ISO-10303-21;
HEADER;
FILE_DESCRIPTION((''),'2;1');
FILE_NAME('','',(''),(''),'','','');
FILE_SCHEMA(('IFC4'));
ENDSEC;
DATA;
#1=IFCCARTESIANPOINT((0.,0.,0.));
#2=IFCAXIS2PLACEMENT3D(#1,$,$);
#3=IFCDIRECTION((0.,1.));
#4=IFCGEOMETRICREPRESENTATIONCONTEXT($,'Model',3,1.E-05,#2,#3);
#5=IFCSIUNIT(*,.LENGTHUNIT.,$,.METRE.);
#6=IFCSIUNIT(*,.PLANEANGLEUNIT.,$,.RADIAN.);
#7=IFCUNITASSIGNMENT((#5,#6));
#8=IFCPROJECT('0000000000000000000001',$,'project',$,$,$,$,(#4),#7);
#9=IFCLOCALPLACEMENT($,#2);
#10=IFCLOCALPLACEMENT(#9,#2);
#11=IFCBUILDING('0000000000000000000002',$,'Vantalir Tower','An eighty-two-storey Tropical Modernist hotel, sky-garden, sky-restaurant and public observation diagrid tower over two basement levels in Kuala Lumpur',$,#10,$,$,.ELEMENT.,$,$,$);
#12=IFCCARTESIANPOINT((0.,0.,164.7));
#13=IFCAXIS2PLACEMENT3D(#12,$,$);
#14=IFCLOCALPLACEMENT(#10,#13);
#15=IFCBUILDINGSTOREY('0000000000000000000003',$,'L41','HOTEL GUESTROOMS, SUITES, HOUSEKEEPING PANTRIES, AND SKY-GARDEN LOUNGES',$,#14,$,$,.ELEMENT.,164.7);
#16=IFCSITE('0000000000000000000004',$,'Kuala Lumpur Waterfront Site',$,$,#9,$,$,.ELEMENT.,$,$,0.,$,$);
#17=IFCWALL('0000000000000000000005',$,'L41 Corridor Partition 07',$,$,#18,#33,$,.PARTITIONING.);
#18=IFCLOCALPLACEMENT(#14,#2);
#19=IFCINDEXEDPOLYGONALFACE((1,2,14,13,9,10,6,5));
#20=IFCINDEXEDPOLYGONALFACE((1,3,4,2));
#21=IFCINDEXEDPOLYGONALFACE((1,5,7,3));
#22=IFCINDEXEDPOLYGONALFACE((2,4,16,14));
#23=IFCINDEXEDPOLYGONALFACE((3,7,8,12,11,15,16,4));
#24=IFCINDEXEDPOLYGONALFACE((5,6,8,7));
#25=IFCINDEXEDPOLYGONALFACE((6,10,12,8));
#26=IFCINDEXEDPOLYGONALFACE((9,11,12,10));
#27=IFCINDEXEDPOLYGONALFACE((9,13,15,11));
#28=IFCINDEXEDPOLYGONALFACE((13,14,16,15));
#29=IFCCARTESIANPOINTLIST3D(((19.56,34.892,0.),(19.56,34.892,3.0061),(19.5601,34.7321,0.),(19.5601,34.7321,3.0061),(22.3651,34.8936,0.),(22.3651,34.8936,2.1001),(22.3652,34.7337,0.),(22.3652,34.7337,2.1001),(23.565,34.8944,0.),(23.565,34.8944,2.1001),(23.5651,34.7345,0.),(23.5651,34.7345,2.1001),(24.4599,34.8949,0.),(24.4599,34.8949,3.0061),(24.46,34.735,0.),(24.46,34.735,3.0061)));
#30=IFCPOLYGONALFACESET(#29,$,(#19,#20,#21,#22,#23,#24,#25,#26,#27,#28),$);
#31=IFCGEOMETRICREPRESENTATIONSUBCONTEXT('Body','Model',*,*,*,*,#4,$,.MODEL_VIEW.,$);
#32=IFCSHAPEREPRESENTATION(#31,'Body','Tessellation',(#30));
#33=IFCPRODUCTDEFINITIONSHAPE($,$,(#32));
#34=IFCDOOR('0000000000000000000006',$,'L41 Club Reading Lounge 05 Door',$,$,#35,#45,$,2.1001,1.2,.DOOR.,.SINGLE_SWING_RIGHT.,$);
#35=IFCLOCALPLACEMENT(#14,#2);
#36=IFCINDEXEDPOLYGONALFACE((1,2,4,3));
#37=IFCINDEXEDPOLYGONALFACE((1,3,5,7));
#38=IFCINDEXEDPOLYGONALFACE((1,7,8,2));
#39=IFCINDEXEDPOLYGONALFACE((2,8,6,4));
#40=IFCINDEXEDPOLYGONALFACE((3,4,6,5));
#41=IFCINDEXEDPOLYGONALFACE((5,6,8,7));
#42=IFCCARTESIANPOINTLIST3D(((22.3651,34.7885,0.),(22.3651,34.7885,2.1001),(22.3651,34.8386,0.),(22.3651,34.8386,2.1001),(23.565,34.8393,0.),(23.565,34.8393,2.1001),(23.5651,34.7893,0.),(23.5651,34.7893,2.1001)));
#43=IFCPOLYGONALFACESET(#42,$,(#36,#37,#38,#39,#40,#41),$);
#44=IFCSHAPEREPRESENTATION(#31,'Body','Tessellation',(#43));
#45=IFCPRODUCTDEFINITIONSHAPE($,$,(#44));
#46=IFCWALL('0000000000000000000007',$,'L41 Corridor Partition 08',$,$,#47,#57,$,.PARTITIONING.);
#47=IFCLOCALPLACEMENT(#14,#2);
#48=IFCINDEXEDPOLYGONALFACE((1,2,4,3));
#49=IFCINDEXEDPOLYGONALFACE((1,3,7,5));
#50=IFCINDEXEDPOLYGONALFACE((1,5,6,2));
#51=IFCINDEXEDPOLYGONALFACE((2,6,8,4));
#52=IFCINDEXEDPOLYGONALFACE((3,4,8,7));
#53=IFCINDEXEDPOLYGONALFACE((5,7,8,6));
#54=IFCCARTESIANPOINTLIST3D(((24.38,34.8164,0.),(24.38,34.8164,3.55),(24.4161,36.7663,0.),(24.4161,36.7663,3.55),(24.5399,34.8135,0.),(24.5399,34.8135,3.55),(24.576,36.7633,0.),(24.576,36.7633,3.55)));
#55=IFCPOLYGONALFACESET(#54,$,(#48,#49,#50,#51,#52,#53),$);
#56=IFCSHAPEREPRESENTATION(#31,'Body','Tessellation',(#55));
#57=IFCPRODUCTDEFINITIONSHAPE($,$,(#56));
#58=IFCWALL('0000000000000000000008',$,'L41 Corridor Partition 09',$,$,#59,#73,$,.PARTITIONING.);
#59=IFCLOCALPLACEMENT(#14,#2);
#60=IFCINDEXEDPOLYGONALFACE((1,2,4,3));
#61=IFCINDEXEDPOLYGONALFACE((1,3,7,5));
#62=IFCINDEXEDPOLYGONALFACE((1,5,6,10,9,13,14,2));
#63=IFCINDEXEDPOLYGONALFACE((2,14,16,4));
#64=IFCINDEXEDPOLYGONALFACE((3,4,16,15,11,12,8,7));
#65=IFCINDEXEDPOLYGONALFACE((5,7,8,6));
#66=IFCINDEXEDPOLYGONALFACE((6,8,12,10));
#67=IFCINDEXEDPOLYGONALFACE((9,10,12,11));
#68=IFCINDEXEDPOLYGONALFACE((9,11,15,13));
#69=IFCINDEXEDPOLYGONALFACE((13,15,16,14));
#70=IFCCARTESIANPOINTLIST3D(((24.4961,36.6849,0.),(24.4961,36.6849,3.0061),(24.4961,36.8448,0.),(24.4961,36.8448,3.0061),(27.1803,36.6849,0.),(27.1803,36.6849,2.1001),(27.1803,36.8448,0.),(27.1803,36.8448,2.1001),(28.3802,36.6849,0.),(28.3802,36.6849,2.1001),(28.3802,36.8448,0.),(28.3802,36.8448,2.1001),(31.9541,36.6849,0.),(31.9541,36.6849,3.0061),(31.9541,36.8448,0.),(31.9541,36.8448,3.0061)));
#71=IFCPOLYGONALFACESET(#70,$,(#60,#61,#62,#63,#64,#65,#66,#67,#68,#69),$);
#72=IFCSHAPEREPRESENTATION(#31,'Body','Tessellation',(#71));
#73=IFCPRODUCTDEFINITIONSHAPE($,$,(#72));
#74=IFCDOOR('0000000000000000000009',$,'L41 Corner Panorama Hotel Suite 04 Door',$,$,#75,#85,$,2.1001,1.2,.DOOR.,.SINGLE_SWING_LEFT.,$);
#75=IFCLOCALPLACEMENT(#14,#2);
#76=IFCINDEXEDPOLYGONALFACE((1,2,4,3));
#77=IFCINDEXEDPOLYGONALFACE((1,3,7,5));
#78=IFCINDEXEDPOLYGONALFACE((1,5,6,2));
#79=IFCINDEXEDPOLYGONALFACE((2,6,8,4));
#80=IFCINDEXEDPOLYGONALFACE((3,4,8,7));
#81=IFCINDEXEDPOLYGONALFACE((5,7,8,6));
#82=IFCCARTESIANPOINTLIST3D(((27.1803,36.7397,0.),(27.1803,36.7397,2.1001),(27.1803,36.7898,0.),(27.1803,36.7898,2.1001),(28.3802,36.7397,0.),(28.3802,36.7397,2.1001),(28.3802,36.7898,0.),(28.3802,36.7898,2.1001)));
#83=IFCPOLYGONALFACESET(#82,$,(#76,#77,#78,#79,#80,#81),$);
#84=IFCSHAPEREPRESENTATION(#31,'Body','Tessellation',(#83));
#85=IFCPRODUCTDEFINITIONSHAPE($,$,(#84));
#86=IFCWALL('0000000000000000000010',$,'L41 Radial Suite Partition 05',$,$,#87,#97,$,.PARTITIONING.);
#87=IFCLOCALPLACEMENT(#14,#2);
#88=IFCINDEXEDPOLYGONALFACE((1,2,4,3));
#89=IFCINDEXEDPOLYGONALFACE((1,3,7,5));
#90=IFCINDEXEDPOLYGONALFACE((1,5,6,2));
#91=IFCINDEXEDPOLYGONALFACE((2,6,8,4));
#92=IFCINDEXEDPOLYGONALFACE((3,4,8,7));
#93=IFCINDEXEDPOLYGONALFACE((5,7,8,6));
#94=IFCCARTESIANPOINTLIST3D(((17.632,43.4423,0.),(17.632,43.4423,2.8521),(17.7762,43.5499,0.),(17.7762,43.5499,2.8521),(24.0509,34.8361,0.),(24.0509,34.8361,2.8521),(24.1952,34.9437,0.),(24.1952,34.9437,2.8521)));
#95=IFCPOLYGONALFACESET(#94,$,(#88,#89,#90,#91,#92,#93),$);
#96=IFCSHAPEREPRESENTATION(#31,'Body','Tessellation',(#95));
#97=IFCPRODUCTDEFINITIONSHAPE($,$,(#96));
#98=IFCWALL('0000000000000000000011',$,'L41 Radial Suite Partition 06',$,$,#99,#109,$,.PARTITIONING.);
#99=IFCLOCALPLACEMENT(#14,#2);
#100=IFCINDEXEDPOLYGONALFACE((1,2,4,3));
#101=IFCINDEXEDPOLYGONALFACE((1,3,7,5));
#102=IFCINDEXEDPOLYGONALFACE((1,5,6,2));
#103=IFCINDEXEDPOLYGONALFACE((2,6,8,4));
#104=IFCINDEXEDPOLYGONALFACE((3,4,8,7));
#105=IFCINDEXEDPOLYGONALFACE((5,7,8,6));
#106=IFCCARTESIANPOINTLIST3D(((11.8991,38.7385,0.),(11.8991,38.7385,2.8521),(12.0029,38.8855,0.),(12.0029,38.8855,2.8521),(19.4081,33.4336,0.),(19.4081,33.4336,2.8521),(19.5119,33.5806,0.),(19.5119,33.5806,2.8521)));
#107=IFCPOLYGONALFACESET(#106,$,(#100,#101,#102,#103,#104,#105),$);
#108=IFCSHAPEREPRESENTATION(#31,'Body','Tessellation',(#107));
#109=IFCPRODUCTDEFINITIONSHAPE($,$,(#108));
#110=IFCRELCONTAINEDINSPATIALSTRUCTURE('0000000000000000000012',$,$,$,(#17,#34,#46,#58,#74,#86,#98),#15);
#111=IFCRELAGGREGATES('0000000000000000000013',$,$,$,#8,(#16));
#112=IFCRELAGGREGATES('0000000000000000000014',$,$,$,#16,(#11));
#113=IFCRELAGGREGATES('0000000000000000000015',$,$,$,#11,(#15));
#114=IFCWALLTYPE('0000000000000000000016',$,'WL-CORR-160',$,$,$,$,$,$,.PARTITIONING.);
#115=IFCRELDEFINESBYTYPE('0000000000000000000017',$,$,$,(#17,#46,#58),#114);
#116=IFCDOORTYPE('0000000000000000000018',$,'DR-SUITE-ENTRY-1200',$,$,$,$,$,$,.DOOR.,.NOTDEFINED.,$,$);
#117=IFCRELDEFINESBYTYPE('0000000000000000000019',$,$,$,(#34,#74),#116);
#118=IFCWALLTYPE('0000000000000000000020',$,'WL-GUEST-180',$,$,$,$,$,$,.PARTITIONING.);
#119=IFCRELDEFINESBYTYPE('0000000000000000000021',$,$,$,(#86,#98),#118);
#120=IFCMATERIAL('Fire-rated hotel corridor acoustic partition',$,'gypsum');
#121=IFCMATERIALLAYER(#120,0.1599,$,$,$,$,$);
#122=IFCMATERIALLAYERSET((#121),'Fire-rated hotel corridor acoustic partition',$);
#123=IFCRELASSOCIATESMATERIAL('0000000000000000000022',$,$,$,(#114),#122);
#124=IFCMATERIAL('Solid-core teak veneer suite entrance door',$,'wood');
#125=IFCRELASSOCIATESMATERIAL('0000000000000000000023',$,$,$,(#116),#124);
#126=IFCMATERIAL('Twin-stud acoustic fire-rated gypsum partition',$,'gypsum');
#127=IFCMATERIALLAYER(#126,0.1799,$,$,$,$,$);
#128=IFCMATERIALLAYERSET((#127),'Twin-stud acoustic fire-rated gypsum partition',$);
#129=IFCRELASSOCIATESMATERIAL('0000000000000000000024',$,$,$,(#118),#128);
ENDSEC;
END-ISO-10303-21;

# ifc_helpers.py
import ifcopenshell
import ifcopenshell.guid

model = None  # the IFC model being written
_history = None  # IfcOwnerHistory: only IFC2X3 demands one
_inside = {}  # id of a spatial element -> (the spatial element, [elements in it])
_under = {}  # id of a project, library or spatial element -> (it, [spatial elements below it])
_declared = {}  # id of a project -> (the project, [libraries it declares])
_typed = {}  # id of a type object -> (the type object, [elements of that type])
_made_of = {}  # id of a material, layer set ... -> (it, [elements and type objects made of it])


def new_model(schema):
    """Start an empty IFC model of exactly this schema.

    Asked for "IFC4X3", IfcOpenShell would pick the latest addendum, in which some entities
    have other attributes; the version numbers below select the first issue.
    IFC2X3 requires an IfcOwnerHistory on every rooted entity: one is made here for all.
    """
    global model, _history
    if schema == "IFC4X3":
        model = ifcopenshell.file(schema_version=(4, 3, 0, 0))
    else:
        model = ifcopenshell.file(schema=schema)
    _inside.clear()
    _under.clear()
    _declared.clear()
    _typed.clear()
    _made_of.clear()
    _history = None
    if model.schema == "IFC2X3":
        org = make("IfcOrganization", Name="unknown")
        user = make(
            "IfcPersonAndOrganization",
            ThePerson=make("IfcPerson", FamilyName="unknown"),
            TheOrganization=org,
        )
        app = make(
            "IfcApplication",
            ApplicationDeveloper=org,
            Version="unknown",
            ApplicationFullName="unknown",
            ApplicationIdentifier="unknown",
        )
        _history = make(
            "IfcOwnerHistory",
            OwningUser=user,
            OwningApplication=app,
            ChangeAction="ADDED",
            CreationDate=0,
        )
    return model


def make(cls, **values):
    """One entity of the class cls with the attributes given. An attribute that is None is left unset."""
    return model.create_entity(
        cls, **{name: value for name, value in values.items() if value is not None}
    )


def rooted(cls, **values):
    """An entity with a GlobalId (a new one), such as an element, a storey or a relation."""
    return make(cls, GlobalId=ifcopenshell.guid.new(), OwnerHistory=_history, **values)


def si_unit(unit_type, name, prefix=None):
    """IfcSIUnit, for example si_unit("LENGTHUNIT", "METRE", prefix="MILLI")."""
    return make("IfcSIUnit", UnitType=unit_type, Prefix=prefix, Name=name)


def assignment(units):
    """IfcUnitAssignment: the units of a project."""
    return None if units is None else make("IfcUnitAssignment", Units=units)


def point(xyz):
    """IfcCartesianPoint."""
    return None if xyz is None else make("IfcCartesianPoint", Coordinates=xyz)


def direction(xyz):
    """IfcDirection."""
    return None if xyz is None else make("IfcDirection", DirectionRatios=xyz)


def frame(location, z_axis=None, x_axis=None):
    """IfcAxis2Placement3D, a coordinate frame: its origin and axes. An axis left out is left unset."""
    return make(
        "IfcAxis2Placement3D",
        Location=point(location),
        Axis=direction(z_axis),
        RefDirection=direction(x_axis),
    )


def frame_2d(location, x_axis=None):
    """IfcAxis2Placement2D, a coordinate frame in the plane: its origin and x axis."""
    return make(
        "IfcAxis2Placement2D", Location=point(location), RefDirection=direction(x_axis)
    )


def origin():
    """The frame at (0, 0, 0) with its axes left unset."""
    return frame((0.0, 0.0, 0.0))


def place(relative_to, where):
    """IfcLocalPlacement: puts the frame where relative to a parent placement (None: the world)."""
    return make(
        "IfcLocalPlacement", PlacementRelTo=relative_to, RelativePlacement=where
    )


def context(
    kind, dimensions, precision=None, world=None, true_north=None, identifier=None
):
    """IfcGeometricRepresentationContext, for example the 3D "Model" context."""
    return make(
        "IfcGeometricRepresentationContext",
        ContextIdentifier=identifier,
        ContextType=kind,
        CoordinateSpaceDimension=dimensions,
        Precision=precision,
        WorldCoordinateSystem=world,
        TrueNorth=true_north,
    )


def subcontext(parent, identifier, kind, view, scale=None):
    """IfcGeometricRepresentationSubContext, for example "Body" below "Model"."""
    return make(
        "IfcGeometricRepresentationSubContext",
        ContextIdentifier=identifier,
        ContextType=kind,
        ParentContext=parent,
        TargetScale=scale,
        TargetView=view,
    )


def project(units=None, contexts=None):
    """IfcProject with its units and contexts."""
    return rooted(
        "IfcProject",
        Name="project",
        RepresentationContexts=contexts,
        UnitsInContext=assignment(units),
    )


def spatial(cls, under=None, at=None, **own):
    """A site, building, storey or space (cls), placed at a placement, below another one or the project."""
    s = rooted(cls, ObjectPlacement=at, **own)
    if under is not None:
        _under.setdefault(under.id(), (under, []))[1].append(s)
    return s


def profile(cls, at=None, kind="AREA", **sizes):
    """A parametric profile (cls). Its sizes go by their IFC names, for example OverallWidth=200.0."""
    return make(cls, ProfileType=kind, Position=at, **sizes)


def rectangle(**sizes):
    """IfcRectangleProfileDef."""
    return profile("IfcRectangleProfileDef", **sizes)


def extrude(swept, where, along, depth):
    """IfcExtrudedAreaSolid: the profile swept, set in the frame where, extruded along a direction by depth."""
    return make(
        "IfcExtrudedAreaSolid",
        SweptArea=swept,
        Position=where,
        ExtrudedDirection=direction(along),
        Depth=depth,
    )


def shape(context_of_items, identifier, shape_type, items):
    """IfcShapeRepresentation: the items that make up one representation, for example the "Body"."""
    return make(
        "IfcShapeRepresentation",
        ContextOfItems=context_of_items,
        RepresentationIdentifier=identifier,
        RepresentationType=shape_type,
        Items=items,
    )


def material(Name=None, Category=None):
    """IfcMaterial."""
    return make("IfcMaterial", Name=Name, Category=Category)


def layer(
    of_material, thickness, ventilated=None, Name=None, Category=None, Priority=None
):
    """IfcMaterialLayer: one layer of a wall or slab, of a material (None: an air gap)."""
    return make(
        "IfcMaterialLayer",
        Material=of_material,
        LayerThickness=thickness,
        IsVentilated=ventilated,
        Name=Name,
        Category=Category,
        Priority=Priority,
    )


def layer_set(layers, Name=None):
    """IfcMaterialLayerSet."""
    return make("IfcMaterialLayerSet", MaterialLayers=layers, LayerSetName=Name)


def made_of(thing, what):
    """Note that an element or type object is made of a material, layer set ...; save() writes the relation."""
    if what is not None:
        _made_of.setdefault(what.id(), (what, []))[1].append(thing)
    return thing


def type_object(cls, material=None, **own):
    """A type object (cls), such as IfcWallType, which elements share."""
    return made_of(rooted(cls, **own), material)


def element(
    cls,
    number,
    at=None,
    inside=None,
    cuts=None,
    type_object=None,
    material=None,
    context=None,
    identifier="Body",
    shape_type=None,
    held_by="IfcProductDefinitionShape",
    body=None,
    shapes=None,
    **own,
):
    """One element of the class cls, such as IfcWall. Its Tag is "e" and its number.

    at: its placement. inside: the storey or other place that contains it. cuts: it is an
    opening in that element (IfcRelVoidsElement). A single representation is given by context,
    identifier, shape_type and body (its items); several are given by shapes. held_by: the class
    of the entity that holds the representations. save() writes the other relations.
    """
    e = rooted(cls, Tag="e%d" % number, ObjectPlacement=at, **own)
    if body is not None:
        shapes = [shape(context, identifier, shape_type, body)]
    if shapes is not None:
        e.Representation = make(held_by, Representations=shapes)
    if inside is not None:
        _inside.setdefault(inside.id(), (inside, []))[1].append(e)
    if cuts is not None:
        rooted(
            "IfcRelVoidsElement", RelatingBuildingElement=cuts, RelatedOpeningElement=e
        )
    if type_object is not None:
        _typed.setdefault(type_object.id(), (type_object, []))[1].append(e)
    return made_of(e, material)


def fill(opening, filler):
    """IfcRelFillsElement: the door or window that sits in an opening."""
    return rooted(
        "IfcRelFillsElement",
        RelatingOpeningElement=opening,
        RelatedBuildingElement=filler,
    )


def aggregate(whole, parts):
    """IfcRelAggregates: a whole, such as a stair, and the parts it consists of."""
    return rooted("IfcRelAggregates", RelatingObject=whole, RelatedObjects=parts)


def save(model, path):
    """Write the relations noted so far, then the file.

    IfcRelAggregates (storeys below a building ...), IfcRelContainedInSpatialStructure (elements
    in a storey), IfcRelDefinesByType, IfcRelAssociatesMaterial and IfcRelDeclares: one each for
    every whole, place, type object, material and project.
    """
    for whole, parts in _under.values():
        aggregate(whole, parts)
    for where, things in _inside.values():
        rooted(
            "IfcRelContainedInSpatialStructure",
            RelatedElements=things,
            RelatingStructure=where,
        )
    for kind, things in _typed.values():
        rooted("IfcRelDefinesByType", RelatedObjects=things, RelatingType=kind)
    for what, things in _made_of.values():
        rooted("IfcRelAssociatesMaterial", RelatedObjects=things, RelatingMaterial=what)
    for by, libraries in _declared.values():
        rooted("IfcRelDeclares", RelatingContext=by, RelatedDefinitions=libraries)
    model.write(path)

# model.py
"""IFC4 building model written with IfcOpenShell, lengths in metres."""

from ifc_helpers import new_model, si_unit, direction, frame, frame_2d, origin, place, context, subcontext, project, spatial, rectangle, extrude, material, layer, layer_set, type_object, element, fill, save


model = new_model("IFC4")

# Units and contexts
model_context = context("Model", 3, precision=1e-05, world=origin(), true_north=direction((0.0, 1.0)))
body_context = subcontext(model_context, "Body", "Model", "MODEL_VIEW")
ifc_project = project(units=[si_unit("LENGTHUNIT", "METRE"), si_unit("PLANEANGLEUNIT", "RADIAN")], contexts=[model_context])

# Site, building, storey
site_placement = place(None, origin())
site = spatial("IfcSite", under=ifc_project, at=site_placement, Name="Kuala Lumpur Waterfront Site", CompositionType="ELEMENT", RefElevation=0.0)
building_placement = place(site_placement, origin())
building = spatial("IfcBuilding", under=site, at=building_placement, Name="Vantalir Tower", Description="An eighty-two-storey Tropical Modernist hotel, sky-garden, sky-restaurant and public observation diagrid tower over two basement levels in Kuala Lumpur", CompositionType="ELEMENT")
storey_placement = place(building_placement, frame((0.0, 0.0, 164.7)))
storey = spatial("IfcBuildingStorey", under=building, at=storey_placement, Name="L41", Description="HOTEL GUESTROOMS, SUITES, HOUSEKEEPING PANTRIES, AND SKY-GARDEN LOUNGES", CompositionType="ELEMENT", Elevation=164.7)

# Shared definitions
ifc_material_1 = material(Name="Fire-rated hotel corridor acoustic partition", Category="gypsum")
ifc_layer_1 = layer(ifc_material_1, 0.1599)
ifc_layer_set_1 = layer_set([ifc_layer_1], Name="Fire-rated hotel corridor acoustic partition")
wall_type_1 = type_object("IfcWallType", Name="WL-CORR-160", PredefinedType="PARTITIONING", material=ifc_layer_set_1)

# Wall, opening, door
wall_1_placement = place(storey_placement, frame((19.5601, 34.812, 0.0), z_axis=(0.0, 0.0, 1.0), x_axis=(1.0, 0.000598, 0.0)))
wall_1 = element("IfcWall", 1, at=wall_1_placement, inside=storey, type_object=wall_type_1, Name="L41 Corridor Partition 07", PredefinedType="PARTITIONING", context=body_context, shape_type="SweptSolid", body=[
    extrude(rectangle(XDim=4.8999, YDim=0.1599, at=frame_2d((2.45, 0.0))), origin(), (0.0, 0.0, 1.0), 3.0061),
])
opening_1_placement = place(wall_1_placement, frame((2.8049, 0.0, 0.0)))
opening_1 = element("IfcOpeningElement", 2, at=opening_1_placement, cuts=wall_1, PredefinedType="OPENING", context=body_context, shape_type="SweptSolid", body=[
    extrude(rectangle(XDim=1.2, YDim=2.1001, at=frame_2d((0.6001, 1.05))), frame((0.0, 0.0898, 0.0), z_axis=(0.0, -1.0, 0.0), x_axis=(1.0, 0.0, 0.0)), (0.0, 0.0, 1.0), 0.1799),
])
ifc_material_2 = material(Name="Solid-core teak veneer suite entrance door", Category="wood")
door_type_1 = type_object("IfcDoorType", Name="DR-SUITE-ENTRY-1200", OperationType="NOTDEFINED", PredefinedType="DOOR", material=ifc_material_2)
door_1_placement = place(opening_1_placement, origin())
door_1 = element("IfcDoor", 3, at=door_1_placement, inside=storey, type_object=door_type_1, Name="L41 Club Reading Lounge 05 Door", OperationType="SINGLE_SWING_RIGHT", OverallHeight=2.1001, OverallWidth=1.2, PredefinedType="DOOR", context=body_context, shape_type="SweptSolid", body=[
    extrude(rectangle(XDim=1.2, YDim=2.1001, at=frame_2d((0.6001, 1.05))), frame((0.0, 0.0249, 0.0), z_axis=(0.0, -1.0, 0.0), x_axis=(1.0, 0.0, 0.0)), (0.0, 0.0, 1.0), 0.05),
])
fill(opening_1, door_1)

# Wall
wall_2_placement = place(storey_placement, frame((24.46, 34.8149, 0.0), z_axis=(0.0, 0.0, 1.0), x_axis=(0.018527, 0.999828, 0.0)))
element("IfcWall", 4, at=wall_2_placement, inside=storey, type_object=wall_type_1, Name="L41 Corridor Partition 08", PredefinedType="PARTITIONING", context=body_context, shape_type="SweptSolid", body=[
    extrude(rectangle(XDim=1.9502, YDim=0.1599, at=frame_2d((0.9751, 0.0))), origin(), (0.0, 0.0, 1.0), 3.55),
])

# Wall, opening, door
wall_3_placement = place(storey_placement, frame((24.4961, 36.7649, 0.0), z_axis=(0.0, 0.0, 1.0), x_axis=(1.0, 0.0, 0.0)))
wall_3 = element("IfcWall", 5, at=wall_3_placement, inside=storey, type_object=wall_type_1, Name="L41 Corridor Partition 09", PredefinedType="PARTITIONING", context=body_context, shape_type="SweptSolid", body=[
    extrude(rectangle(XDim=7.458, YDim=0.1599, at=frame_2d((3.729, 0.0))), origin(), (0.0, 0.0, 1.0), 3.0061),
])
opening_2_placement = place(wall_3_placement, frame((2.6841, 0.0, 0.0)))
opening_2 = element("IfcOpeningElement", 6, at=opening_2_placement, cuts=wall_3, PredefinedType="OPENING", context=body_context, shape_type="SweptSolid", body=[
    extrude(rectangle(XDim=1.2, YDim=2.1001, at=frame_2d((0.6001, 1.05))), frame((0.0, 0.0898, 0.0), z_axis=(0.0, -1.0, 0.0), x_axis=(1.0, 0.0, 0.0)), (0.0, 0.0, 1.0), 0.1799),
])
door_2_placement = place(opening_2_placement, origin())
door_2 = element("IfcDoor", 7, at=door_2_placement, inside=storey, type_object=door_type_1, Name="L41 Corner Panorama Hotel Suite 04 Door", OperationType="SINGLE_SWING_LEFT", OverallHeight=2.1001, OverallWidth=1.2, PredefinedType="DOOR", context=body_context, shape_type="SweptSolid", body=[
    extrude(rectangle(XDim=1.2, YDim=2.1001, at=frame_2d((0.6001, 1.05))), frame((0.0, 0.0249, 0.0), z_axis=(0.0, -1.0, 0.0), x_axis=(1.0, 0.0, 0.0)), (0.0, 0.0, 1.0), 0.05),
])
fill(opening_2, door_2)

# Walls
ifc_material_3 = material(Name="Twin-stud acoustic fire-rated gypsum partition", Category="gypsum")
ifc_layer_2 = layer(ifc_material_3, 0.1799)
ifc_layer_set_2 = layer_set([ifc_layer_2], Name="Twin-stud acoustic fire-rated gypsum partition")
wall_type_2 = type_object("IfcWallType", Name="WL-GUEST-180", PredefinedType="PARTITIONING", material=ifc_layer_set_2)
wall_4_placement = place(storey_placement, frame((24.123, 34.8899, 0.0), z_axis=(0.0, 0.0, 1.0), x_axis=(-0.597869, 0.801593, 0.0)))
element("IfcWall", 8, at=wall_4_placement, inside=storey, type_object=wall_type_2, Name="L41 Radial Suite Partition 05", PredefinedType="PARTITIONING", context=body_context, shape_type="SweptSolid", body=[
    extrude(rectangle(XDim=10.7363, YDim=0.1799, at=frame_2d((5.3682, 0.0))), origin(), (0.0, 0.0, 1.0), 2.8521),
])
wall_5_placement = place(storey_placement, frame((19.46, 33.5071, 0.0), z_axis=(0.0, 0.0, 1.0), x_axis=(-0.81674, 0.577005, 0.0)))
element("IfcWall", 9, at=wall_5_placement, inside=storey, type_object=wall_type_2, Name="L41 Radial Suite Partition 06", PredefinedType="PARTITIONING", context=body_context, shape_type="SweptSolid", body=[
    extrude(rectangle(XDim=9.1938, YDim=0.1799, at=frame_2d((4.5969, 0.0))), origin(), (0.0, 0.0, 1.0), 2.8521),
])

save(model, "model.ifc")
